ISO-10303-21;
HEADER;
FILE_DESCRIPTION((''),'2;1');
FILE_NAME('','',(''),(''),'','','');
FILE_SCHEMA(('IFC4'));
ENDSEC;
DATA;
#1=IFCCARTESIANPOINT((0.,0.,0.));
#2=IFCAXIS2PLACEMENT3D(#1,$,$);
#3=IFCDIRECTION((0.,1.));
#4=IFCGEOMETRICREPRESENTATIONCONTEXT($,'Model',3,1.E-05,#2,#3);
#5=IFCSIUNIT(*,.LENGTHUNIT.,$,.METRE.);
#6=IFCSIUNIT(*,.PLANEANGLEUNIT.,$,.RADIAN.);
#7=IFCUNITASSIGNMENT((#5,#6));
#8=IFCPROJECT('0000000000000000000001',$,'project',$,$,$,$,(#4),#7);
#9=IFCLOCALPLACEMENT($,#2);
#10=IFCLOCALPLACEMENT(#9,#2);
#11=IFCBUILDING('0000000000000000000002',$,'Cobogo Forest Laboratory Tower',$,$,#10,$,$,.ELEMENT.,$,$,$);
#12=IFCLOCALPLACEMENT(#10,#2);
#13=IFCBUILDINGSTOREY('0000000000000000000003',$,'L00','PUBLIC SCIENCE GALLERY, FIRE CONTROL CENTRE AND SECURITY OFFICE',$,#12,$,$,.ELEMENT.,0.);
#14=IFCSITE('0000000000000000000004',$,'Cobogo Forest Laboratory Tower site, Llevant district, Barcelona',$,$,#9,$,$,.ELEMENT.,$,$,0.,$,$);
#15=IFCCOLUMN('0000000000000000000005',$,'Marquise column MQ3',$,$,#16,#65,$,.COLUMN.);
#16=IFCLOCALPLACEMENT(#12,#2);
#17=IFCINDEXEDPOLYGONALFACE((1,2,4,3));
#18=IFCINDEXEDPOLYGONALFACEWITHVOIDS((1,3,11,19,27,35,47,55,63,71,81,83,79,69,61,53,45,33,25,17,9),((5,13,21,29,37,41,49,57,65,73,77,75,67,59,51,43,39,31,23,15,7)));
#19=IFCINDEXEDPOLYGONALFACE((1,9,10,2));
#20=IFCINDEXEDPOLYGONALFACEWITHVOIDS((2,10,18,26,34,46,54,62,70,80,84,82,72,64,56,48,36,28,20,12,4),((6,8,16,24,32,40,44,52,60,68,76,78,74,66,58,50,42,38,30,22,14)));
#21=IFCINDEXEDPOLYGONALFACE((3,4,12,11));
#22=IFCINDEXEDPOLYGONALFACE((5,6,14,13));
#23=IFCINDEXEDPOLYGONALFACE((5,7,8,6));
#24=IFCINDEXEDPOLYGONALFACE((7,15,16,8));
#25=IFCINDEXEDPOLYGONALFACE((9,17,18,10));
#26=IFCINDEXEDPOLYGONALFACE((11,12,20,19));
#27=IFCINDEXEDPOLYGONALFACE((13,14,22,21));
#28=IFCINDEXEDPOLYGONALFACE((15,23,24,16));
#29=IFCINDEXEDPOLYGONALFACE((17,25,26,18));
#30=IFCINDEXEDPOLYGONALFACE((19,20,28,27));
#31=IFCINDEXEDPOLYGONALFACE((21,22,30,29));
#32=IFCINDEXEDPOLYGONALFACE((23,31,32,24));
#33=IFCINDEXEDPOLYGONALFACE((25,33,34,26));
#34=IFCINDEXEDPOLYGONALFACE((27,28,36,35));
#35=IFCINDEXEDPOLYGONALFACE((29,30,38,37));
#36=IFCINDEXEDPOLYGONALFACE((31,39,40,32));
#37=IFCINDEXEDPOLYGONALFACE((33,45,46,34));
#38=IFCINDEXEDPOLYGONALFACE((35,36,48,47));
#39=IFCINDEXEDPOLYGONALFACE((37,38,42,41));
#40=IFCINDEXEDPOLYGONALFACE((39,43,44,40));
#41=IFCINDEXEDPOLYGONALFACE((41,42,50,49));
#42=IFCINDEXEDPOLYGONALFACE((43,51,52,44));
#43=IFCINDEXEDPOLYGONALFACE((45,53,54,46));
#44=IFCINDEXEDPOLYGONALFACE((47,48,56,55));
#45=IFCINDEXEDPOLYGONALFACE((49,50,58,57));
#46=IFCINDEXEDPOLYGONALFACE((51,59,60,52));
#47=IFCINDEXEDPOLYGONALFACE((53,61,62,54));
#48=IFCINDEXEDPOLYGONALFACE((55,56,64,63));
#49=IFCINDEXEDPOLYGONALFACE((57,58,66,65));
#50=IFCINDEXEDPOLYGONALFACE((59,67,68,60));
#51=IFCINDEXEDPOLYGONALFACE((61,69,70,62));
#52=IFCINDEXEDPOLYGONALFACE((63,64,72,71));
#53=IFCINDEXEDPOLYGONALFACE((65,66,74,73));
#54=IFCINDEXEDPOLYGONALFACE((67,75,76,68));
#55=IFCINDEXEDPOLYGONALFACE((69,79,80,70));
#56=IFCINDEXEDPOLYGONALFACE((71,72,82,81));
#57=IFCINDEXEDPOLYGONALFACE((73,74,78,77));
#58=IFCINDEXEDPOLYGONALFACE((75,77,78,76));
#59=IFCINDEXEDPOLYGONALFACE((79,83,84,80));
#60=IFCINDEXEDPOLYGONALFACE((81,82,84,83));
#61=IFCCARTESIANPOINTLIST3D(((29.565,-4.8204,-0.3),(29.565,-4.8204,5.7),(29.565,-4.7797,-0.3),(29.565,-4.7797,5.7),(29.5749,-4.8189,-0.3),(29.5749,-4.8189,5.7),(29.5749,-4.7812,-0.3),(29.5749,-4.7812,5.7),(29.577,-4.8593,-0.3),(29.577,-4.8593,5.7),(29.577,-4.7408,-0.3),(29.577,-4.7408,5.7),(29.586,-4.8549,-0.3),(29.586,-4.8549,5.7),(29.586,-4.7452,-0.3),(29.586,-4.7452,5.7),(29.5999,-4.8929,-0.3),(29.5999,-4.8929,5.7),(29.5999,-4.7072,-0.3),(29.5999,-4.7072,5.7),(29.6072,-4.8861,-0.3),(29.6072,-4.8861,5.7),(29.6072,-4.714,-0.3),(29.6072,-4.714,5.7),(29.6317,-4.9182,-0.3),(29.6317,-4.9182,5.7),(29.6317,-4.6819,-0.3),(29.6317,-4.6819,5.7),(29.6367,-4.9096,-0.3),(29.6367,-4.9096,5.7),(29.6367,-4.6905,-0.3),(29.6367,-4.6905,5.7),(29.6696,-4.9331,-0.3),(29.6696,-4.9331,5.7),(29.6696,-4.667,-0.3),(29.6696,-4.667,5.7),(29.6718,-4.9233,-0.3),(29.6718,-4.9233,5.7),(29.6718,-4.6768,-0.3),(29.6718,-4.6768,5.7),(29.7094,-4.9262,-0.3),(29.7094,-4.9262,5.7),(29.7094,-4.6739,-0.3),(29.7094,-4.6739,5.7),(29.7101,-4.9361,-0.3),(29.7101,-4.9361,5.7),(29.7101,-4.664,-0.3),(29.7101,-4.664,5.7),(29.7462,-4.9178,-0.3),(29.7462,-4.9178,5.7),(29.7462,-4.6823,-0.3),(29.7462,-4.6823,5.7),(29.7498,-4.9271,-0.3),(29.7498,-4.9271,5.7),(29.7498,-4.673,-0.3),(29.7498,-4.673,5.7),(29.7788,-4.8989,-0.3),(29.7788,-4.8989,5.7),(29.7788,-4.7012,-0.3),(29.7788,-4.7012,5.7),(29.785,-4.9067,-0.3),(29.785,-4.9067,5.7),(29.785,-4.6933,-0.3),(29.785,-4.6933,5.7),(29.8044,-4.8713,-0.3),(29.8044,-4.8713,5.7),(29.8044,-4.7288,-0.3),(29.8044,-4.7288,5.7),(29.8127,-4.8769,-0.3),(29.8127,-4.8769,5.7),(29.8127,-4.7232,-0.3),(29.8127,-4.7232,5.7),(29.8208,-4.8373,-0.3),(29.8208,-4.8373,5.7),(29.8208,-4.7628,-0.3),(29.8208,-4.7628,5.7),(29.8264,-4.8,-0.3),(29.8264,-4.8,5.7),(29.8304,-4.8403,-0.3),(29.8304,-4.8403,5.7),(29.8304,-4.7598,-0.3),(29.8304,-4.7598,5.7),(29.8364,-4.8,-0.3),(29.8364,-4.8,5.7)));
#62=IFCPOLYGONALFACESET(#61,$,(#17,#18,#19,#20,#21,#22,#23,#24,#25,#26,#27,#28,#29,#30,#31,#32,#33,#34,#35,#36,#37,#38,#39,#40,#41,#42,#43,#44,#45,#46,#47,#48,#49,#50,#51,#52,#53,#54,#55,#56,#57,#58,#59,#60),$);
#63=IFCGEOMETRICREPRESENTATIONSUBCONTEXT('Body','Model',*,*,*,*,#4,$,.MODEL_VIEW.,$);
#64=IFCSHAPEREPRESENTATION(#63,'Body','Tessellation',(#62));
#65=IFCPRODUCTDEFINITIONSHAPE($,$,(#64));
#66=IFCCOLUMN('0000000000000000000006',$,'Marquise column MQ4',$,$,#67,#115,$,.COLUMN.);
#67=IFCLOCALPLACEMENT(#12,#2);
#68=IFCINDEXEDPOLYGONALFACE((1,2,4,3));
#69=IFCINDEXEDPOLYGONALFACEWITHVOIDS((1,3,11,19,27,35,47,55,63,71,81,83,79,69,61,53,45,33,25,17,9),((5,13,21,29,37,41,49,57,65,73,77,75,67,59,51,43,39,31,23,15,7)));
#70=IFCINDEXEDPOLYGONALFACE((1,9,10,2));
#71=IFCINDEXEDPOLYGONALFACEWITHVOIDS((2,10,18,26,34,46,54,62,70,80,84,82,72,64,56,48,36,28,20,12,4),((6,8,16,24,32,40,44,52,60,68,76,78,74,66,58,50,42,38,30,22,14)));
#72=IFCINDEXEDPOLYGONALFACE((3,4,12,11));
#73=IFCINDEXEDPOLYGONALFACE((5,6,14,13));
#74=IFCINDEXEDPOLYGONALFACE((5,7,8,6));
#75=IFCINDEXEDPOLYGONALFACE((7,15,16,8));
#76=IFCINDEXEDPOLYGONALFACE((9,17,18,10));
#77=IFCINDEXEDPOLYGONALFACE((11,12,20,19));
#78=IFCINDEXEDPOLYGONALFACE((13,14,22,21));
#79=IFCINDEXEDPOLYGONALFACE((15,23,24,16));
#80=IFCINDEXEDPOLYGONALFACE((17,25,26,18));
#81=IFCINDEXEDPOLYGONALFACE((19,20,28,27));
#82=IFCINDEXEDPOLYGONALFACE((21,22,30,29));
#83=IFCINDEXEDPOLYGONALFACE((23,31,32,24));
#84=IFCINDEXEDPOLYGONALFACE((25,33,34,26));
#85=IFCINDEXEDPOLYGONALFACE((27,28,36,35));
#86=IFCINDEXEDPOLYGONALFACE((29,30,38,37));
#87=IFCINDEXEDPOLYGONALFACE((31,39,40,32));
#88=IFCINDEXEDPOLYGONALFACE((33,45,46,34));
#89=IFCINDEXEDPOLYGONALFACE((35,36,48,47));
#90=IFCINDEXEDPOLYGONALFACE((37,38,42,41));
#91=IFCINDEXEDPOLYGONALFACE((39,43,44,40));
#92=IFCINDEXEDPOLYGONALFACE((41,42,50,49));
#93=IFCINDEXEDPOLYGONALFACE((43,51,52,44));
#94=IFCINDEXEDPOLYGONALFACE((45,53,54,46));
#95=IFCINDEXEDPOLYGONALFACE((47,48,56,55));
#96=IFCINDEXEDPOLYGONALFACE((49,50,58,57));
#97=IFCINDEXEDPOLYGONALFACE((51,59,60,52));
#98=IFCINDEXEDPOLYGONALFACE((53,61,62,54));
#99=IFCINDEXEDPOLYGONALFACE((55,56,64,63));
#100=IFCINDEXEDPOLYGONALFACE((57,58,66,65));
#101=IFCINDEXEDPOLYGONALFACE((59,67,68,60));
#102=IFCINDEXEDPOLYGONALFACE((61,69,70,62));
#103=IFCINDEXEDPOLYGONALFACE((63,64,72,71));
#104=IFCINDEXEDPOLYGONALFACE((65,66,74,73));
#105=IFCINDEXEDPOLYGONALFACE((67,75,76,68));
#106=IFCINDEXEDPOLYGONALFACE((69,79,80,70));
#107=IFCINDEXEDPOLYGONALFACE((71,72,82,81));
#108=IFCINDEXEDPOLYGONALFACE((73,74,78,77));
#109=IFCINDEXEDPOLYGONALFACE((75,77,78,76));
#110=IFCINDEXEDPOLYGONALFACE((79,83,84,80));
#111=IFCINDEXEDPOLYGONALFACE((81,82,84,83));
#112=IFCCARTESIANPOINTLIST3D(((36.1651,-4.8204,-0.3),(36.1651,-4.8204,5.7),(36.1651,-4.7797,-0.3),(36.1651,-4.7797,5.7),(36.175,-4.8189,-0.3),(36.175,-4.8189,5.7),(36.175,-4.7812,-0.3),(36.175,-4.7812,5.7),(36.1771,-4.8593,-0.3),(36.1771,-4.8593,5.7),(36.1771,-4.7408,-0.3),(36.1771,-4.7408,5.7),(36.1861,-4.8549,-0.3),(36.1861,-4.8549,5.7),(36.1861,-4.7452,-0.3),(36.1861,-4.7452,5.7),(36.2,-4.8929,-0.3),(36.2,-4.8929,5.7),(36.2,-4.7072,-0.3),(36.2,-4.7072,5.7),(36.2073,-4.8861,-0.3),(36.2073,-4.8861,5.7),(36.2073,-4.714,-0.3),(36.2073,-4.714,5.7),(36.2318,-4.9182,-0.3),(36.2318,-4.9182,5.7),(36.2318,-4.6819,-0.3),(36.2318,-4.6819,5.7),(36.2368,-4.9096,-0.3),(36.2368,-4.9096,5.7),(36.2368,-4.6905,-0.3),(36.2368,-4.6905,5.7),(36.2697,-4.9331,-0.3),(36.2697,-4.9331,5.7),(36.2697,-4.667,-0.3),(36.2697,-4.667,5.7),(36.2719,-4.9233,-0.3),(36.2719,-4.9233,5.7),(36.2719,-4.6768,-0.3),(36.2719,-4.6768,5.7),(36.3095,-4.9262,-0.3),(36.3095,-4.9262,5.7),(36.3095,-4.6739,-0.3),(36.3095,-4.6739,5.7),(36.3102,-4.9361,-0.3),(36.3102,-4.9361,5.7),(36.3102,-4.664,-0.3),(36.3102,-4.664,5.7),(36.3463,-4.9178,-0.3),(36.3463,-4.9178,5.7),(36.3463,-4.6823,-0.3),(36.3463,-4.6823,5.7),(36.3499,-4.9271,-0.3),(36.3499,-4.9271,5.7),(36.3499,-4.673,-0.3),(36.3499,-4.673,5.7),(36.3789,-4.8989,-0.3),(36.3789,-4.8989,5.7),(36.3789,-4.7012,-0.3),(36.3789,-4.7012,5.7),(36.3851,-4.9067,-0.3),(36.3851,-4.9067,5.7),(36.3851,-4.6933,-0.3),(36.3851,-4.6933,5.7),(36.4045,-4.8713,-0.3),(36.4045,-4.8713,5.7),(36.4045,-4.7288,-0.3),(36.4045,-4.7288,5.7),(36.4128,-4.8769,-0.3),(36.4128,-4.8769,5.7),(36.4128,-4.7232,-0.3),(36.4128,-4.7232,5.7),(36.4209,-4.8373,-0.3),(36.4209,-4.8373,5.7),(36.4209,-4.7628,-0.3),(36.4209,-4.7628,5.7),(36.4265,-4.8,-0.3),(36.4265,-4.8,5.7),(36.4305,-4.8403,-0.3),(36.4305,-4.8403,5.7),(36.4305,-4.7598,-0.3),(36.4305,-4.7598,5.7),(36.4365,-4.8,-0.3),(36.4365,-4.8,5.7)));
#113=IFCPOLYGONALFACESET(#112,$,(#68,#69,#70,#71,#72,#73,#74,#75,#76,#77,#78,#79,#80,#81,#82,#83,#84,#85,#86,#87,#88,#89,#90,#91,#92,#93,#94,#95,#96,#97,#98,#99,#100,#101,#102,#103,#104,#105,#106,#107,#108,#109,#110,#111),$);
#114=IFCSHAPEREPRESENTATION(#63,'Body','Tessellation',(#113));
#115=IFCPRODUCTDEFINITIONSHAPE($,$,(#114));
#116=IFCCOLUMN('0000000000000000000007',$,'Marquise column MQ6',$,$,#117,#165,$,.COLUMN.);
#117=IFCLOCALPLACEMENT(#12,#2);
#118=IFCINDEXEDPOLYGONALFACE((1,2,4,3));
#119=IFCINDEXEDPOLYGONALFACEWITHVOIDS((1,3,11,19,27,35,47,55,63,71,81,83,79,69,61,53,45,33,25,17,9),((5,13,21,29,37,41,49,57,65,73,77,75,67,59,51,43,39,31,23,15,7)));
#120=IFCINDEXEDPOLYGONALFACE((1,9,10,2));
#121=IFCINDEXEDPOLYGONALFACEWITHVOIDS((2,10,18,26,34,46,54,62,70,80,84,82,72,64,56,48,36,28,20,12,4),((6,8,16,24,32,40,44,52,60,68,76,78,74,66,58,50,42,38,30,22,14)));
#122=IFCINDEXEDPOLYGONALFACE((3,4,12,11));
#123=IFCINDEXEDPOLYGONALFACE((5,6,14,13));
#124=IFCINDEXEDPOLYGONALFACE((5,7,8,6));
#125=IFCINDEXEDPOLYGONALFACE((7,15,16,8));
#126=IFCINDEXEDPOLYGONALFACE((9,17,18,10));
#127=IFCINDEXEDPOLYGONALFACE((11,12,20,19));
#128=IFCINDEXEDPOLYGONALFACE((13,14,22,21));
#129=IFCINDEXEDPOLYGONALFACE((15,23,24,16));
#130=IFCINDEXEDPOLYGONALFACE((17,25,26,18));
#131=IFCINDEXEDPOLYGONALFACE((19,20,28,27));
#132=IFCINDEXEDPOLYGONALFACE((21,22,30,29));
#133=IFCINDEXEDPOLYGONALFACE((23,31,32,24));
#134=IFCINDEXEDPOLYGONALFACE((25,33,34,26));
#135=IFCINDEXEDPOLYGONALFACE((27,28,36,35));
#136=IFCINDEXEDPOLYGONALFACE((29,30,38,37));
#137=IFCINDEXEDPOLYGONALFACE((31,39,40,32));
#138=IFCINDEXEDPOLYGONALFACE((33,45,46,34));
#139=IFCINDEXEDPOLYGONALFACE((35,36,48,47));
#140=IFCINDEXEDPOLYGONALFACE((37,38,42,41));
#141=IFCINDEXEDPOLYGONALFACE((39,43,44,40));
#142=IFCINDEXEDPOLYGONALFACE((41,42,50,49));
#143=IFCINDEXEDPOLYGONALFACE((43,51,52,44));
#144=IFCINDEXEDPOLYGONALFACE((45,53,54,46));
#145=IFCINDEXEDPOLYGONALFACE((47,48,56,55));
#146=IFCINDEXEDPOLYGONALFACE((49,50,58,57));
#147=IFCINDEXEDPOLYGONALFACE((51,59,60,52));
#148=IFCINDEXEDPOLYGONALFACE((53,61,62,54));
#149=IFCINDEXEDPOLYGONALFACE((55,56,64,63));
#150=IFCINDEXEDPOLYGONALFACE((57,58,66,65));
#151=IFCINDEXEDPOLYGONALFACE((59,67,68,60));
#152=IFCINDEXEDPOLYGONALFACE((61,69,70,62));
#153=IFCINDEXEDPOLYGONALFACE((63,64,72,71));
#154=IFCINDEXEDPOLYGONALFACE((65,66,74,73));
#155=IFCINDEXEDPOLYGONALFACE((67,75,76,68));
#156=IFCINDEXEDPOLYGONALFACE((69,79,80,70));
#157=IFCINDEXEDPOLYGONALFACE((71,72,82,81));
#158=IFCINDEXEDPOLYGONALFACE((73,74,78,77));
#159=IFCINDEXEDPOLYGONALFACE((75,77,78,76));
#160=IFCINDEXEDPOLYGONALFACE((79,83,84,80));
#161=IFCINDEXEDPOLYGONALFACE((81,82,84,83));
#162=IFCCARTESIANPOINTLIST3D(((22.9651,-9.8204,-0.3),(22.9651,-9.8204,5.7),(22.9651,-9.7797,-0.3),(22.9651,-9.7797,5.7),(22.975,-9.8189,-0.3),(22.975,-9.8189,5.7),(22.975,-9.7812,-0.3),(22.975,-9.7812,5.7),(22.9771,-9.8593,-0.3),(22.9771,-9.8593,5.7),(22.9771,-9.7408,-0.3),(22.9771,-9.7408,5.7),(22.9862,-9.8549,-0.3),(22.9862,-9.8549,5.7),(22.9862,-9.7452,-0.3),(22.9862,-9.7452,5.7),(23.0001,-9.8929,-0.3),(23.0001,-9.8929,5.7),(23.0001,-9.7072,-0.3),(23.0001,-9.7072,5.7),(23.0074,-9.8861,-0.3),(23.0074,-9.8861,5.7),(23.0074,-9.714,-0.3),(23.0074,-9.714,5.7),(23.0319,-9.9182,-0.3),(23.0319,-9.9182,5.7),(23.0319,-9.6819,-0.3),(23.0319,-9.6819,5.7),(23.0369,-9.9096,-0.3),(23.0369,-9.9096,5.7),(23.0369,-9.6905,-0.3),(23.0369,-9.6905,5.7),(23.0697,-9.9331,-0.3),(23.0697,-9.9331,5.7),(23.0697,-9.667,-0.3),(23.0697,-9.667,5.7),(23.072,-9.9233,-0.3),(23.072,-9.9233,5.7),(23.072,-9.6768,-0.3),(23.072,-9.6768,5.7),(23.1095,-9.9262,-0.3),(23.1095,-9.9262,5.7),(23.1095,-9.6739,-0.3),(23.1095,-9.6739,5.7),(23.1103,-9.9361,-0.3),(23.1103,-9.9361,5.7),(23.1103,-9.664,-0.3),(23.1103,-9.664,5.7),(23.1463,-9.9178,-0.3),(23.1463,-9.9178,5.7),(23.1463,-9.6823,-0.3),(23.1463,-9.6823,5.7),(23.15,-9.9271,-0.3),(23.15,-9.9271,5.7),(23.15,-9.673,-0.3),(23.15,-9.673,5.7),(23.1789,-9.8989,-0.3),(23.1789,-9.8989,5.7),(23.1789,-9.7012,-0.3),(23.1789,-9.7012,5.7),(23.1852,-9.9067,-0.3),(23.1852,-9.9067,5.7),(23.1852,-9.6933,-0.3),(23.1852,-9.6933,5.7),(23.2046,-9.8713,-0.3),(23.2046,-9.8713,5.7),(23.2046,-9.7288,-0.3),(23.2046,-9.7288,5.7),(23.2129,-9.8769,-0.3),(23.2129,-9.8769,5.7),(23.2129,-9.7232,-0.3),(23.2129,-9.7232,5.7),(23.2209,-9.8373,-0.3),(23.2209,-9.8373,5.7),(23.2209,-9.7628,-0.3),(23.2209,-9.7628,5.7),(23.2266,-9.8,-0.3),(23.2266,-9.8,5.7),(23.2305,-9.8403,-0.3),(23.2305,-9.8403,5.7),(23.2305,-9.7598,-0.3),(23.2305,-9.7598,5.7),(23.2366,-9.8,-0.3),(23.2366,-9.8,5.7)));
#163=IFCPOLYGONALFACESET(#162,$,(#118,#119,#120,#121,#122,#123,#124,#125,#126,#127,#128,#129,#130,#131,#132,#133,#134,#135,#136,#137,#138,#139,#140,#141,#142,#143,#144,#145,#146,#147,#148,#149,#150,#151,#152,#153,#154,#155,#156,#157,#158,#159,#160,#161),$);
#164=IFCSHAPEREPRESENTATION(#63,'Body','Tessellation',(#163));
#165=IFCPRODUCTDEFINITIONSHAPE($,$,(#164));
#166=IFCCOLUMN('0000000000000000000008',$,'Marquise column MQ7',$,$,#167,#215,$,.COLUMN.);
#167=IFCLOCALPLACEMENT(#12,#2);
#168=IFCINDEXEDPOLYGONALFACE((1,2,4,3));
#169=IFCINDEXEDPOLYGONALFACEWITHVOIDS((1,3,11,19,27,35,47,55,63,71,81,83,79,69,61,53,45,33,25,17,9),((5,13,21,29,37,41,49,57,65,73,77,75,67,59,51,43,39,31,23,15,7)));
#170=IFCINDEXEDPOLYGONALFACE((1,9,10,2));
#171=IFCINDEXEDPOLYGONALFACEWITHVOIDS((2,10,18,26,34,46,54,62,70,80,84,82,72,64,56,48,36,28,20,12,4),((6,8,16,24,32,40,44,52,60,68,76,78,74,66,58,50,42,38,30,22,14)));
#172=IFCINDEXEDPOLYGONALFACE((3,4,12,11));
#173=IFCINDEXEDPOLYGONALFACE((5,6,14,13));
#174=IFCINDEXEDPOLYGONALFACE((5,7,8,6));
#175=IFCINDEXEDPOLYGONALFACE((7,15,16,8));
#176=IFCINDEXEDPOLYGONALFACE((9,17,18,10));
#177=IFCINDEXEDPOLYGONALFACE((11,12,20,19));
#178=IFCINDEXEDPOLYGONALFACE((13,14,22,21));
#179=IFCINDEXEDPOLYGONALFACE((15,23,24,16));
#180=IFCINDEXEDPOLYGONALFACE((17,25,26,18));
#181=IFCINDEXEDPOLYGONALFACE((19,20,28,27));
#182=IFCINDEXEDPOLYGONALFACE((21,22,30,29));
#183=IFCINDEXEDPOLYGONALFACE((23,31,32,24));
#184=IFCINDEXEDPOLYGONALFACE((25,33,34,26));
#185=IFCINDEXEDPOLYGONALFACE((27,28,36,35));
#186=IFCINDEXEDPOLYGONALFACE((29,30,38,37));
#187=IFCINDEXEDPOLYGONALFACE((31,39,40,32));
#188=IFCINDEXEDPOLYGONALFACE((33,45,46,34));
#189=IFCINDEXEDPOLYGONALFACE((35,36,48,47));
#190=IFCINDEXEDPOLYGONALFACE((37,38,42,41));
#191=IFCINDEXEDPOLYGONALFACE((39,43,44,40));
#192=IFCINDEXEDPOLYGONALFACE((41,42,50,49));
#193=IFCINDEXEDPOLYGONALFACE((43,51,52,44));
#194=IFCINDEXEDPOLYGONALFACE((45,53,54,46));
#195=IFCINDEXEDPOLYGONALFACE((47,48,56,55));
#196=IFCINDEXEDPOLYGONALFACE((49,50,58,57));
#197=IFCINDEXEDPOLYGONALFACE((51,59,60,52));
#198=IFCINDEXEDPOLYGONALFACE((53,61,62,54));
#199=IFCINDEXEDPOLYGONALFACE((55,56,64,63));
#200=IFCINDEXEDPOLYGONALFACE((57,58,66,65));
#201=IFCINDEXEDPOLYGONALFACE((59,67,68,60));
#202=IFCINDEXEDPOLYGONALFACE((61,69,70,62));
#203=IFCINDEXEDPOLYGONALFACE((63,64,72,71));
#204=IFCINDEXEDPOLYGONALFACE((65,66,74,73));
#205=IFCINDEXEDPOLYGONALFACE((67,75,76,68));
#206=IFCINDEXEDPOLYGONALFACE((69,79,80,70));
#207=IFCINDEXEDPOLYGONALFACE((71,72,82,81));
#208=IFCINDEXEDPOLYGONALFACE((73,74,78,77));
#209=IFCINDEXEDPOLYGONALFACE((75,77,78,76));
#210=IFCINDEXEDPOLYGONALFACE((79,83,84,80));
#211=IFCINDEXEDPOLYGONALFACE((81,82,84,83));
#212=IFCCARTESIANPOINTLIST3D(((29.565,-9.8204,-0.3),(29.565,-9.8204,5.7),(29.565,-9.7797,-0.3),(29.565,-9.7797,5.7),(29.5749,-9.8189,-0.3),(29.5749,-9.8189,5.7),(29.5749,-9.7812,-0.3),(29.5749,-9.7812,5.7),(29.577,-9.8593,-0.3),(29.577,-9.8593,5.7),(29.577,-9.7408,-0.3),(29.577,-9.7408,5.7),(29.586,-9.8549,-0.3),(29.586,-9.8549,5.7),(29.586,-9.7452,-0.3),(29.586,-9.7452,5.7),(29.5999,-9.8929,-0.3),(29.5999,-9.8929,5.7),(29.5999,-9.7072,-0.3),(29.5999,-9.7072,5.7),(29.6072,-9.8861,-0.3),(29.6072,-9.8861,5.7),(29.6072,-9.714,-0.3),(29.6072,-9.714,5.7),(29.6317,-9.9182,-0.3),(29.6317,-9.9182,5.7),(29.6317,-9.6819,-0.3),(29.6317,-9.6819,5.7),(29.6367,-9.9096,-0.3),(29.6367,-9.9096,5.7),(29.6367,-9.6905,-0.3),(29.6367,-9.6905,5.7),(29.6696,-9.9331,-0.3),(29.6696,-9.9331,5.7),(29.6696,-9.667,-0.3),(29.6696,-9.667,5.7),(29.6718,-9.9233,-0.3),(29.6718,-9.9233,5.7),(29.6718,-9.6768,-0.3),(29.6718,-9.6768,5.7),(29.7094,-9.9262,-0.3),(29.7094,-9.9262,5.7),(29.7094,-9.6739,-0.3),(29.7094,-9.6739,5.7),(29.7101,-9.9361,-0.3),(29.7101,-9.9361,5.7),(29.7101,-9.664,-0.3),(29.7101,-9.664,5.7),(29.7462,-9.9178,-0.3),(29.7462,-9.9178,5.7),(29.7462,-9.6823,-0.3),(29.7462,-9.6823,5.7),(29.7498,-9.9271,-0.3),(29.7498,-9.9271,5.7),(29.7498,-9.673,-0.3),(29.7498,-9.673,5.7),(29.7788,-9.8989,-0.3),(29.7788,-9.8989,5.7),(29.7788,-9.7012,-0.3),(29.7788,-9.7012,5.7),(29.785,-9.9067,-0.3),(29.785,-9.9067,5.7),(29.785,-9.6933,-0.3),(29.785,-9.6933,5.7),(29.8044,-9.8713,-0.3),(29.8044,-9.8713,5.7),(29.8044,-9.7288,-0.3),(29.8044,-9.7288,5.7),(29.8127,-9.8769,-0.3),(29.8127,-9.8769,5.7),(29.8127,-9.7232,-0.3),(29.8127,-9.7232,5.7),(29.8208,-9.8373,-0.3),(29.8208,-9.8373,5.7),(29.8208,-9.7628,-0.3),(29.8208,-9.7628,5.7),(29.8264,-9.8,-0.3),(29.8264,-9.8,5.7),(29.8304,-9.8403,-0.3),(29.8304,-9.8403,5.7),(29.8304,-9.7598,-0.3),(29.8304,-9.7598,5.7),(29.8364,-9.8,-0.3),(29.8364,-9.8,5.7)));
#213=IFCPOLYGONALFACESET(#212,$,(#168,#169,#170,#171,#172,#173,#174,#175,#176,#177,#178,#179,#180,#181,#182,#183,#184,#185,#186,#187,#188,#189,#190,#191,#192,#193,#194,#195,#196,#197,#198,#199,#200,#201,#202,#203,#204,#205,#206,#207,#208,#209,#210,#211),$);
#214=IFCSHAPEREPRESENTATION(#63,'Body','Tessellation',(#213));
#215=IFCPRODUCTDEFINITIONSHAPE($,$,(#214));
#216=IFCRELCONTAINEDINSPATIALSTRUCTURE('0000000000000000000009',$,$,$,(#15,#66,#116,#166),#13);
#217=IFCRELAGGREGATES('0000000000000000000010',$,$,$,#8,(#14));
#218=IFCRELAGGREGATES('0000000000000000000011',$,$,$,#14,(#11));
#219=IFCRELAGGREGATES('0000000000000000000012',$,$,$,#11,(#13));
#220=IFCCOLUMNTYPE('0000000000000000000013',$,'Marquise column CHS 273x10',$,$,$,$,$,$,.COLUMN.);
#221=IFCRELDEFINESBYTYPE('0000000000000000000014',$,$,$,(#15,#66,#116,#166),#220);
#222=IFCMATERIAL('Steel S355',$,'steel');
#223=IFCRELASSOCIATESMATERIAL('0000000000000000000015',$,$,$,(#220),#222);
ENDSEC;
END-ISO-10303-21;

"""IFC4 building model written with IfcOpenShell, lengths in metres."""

from ifc_helpers import new_model, si_unit, direction, frame, origin, origin_2d, place, context, subcontext, project, spatial, hollow_circle, extrude, material, material_profile, profile_set, type_object, element, save


model = new_model("IFC4")

# Units and contexts
model_context = context("Model", 3, precision=1e-05, world=origin(), true_north=direction((0.0, 1.0)))
body_context = subcontext(model_context, "Body", "Model", "MODEL_VIEW")
ifc_project = project(units=[si_unit("LENGTHUNIT", "METRE"), si_unit("PLANEANGLEUNIT", "RADIAN")], contexts=[model_context])

# Site, building, storey
site_placement = place(None, origin())
site = spatial("IfcSite", under=ifc_project, at=site_placement, Name="Cobogo Forest Laboratory Tower site, Llevant district, Barcelona", CompositionType="ELEMENT", RefElevation=0.0)
building_placement = place(site_placement, origin())
building = spatial("IfcBuilding", under=site, at=building_placement, Name="Cobogo Forest Laboratory Tower", CompositionType="ELEMENT")
storey_placement = place(building_placement, origin())
storey = spatial("IfcBuildingStorey", under=building, at=storey_placement, Name="L00", Description="PUBLIC SCIENCE GALLERY, FIRE CONTROL CENTRE AND SECURITY OFFICE", CompositionType="ELEMENT", Elevation=0.0)

# Columns
ifc_material_1 = material(Name="Steel S355", Category="steel")
ifc_material_profile_1 = material_profile(ifc_material_1, hollow_circle(Radius=0.1365, WallThickness=0.01, at=origin_2d()), Name="CHS 273x10")
ifc_profile_set_1 = profile_set([ifc_material_profile_1], Name="Steel S355")
column_type_1 = type_object("IfcColumnType", Name="Marquise column CHS 273x10", PredefinedType="COLUMN", material=ifc_profile_set_1)
for number, where, z_axis, x_axis, name in (
    (1, (29.7, -4.8, -0.3), (0.0, 0.0, 1.0), (1.0, 0.0, 0.0), "Marquise column MQ3"),
    (2, (36.3, -4.8, -0.3), (0.0, 0.0, 1.0), (1.0, 0.0, 0.0), "Marquise column MQ4"),
    (3, (23.1001, -9.8, -0.3), (0.0, 0.0, 1.0), (1.0, 0.0, 0.0), "Marquise column MQ6"),
    (4, (29.7, -9.8, -0.3), (0.0, 0.0, 1.0), (1.0, 0.0, 0.0), "Marquise column MQ7"),
):
    element("IfcColumn", number, at=place(storey_placement, frame(where, z_axis=z_axis, x_axis=x_axis)), inside=storey, type_object=column_type_1, Name=name, PredefinedType="COLUMN", context=body_context, shape_type="SweptSolid", body=[
        extrude(hollow_circle(Radius=0.1365, WallThickness=0.01, at=origin_2d()), origin(), (0.0, 0.0, 1.0), 6.0),
    ])

save(model, "model.ifc")
